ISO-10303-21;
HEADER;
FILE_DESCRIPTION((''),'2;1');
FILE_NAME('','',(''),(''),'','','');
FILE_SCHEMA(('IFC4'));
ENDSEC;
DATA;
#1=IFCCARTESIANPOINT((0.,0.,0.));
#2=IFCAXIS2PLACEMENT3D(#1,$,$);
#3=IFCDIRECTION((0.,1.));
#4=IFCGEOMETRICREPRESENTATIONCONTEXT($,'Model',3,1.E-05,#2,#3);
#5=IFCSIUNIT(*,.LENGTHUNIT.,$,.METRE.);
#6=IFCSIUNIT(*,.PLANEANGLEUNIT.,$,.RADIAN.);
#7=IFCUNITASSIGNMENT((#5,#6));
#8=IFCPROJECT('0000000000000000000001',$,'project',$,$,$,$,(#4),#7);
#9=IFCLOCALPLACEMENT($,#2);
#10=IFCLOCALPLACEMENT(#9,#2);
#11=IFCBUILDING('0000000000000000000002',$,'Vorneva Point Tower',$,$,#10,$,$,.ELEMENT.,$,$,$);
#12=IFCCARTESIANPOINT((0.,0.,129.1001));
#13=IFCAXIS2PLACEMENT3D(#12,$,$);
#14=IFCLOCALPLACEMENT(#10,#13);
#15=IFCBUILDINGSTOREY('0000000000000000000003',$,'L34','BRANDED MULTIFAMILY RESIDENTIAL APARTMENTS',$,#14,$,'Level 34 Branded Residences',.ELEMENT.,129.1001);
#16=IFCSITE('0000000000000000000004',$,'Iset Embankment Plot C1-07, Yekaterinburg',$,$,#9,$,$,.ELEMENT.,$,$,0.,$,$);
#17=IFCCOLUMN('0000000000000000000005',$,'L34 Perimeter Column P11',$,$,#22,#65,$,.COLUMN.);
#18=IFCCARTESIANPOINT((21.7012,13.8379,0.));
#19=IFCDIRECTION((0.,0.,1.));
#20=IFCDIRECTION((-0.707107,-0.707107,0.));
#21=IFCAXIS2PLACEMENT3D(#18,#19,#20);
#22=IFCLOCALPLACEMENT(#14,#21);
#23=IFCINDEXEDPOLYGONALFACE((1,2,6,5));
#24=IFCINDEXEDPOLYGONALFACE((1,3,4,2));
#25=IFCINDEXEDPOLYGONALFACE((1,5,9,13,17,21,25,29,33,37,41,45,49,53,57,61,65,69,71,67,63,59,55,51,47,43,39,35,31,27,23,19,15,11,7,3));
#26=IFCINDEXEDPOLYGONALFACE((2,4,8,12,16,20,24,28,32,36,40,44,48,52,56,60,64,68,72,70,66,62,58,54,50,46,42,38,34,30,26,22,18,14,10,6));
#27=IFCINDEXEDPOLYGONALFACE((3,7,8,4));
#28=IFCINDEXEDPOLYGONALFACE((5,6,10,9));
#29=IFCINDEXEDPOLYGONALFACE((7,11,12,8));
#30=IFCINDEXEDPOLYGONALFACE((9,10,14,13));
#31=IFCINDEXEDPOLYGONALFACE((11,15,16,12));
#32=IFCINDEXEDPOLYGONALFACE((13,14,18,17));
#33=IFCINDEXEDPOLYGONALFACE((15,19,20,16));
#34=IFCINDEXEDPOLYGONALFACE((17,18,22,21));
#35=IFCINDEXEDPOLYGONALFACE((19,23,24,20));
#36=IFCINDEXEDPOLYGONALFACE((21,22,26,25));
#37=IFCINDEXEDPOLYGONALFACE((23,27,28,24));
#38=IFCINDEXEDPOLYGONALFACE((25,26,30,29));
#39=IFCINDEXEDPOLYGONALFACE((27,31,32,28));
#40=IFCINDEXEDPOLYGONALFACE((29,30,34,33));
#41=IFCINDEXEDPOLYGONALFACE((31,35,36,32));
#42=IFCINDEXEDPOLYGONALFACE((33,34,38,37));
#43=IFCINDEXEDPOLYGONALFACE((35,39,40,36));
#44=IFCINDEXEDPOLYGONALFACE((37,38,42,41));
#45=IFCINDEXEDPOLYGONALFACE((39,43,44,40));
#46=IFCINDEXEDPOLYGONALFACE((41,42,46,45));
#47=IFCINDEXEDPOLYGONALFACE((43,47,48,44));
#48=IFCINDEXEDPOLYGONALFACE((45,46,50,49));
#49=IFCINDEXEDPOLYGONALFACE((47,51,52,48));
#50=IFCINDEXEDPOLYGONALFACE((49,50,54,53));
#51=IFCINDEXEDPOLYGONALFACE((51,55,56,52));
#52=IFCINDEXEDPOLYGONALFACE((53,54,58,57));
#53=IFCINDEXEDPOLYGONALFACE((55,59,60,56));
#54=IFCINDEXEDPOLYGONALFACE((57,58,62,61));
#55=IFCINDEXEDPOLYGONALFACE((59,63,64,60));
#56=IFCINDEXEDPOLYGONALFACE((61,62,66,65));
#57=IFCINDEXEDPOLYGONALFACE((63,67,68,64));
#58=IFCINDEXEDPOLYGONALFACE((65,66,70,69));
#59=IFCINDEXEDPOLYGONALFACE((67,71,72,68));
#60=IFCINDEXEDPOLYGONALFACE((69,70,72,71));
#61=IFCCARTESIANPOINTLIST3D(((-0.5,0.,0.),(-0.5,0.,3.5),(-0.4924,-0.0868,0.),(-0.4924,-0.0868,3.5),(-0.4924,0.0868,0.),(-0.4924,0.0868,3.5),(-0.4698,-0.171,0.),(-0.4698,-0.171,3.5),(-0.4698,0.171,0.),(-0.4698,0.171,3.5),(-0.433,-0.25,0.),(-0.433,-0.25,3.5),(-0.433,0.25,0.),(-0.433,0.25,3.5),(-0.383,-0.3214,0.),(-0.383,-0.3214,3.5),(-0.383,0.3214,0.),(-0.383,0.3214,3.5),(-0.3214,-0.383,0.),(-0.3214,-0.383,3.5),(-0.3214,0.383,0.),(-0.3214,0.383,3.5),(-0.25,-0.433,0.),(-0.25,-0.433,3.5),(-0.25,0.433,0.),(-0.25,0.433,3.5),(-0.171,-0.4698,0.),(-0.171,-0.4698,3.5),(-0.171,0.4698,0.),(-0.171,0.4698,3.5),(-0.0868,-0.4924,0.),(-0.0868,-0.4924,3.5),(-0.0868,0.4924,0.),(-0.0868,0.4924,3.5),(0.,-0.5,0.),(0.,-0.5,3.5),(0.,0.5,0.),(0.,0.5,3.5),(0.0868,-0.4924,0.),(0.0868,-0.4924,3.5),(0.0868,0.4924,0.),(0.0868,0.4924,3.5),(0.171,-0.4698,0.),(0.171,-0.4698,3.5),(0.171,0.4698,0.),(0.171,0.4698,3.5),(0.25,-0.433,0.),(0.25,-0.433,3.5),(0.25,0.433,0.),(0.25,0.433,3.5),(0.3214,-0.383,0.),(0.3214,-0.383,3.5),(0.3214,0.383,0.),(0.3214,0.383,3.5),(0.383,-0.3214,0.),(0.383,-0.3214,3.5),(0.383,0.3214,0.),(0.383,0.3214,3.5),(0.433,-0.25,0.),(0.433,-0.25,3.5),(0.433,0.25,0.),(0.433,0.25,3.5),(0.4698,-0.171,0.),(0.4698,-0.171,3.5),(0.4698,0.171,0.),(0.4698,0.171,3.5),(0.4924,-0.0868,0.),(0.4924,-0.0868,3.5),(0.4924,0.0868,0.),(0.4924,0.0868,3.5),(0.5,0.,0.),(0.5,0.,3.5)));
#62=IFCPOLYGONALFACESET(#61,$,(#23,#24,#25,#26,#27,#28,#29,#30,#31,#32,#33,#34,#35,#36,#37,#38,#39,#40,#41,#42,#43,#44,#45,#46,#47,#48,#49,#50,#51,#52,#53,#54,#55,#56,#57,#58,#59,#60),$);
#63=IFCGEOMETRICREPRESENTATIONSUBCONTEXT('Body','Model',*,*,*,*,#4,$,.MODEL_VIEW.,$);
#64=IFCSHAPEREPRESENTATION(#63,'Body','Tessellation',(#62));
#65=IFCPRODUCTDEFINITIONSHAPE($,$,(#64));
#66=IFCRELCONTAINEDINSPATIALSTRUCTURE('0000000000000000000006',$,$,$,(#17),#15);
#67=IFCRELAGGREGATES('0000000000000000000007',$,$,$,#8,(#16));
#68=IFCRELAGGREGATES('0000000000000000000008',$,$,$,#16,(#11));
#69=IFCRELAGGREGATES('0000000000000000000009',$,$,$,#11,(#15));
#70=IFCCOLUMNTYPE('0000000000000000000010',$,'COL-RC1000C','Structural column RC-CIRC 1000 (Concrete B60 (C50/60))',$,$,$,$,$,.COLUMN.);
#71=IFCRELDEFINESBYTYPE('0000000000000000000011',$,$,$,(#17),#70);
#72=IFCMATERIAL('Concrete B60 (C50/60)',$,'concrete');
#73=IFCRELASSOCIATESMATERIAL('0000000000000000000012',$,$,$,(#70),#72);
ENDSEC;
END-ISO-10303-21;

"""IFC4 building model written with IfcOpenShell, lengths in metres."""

from ifc_helpers import new_model, si_unit, direction, frame, origin, origin_2d, place, context, subcontext, project, spatial, circle, extrude, material, material_profile, profile_set, type_object, element, save


model = new_model("IFC4")

# Units and contexts
model_context = context("Model", 3, precision=1e-05, world=origin(), true_north=direction((0.0, 1.0)))
body_context = subcontext(model_context, "Body", "Model", "MODEL_VIEW")
ifc_project = project(units=[si_unit("LENGTHUNIT", "METRE"), si_unit("PLANEANGLEUNIT", "RADIAN")], contexts=[model_context])

# Site, building, storey
site_placement = place(None, origin())
site = spatial("IfcSite", under=ifc_project, at=site_placement, Name="Iset Embankment Plot C1-07, Yekaterinburg", CompositionType="ELEMENT", RefElevation=0.0)
building_placement = place(site_placement, origin())
building = spatial("IfcBuilding", under=site, at=building_placement, Name="Vorneva Point Tower", CompositionType="ELEMENT")
storey_placement = place(building_placement, frame((0.0, 0.0, 129.1001)))
storey = spatial("IfcBuildingStorey", under=building, at=storey_placement, Name="L34", Description="BRANDED MULTIFAMILY RESIDENTIAL APARTMENTS", LongName="Level 34 Branded Residences", CompositionType="ELEMENT", Elevation=129.1001)

# Column
ifc_material_1 = material(Name="Concrete B60 (C50/60)", Category="concrete")
ifc_material_profile_1 = material_profile(ifc_material_1, circle(Radius=0.5, at=origin_2d()), Name="RC-CIRC 1000")
ifc_profile_set_1 = profile_set([ifc_material_profile_1], Name="Concrete B60 (C50/60)")
column_type_1 = type_object("IfcColumnType", Name="COL-RC1000C", Description="Structural column RC-CIRC 1000 (Concrete B60 (C50/60))", PredefinedType="COLUMN", material=ifc_profile_set_1)
column_1_placement = place(storey_placement, frame((21.7012, 13.8379, 0.0), z_axis=(0.0, 0.0, 1.0), x_axis=(-0.707107, -0.707107, 0.0)))
element("IfcColumn", 1, at=column_1_placement, inside=storey, type_object=column_type_1, Name="L34 Perimeter Column P11", PredefinedType="COLUMN", context=body_context, shape_type="SweptSolid", body=[
    extrude(circle(Radius=0.5, at=origin_2d()), origin(), (0.0, 0.0, 1.0), 3.5),
])

save(model, "model.ifc")
